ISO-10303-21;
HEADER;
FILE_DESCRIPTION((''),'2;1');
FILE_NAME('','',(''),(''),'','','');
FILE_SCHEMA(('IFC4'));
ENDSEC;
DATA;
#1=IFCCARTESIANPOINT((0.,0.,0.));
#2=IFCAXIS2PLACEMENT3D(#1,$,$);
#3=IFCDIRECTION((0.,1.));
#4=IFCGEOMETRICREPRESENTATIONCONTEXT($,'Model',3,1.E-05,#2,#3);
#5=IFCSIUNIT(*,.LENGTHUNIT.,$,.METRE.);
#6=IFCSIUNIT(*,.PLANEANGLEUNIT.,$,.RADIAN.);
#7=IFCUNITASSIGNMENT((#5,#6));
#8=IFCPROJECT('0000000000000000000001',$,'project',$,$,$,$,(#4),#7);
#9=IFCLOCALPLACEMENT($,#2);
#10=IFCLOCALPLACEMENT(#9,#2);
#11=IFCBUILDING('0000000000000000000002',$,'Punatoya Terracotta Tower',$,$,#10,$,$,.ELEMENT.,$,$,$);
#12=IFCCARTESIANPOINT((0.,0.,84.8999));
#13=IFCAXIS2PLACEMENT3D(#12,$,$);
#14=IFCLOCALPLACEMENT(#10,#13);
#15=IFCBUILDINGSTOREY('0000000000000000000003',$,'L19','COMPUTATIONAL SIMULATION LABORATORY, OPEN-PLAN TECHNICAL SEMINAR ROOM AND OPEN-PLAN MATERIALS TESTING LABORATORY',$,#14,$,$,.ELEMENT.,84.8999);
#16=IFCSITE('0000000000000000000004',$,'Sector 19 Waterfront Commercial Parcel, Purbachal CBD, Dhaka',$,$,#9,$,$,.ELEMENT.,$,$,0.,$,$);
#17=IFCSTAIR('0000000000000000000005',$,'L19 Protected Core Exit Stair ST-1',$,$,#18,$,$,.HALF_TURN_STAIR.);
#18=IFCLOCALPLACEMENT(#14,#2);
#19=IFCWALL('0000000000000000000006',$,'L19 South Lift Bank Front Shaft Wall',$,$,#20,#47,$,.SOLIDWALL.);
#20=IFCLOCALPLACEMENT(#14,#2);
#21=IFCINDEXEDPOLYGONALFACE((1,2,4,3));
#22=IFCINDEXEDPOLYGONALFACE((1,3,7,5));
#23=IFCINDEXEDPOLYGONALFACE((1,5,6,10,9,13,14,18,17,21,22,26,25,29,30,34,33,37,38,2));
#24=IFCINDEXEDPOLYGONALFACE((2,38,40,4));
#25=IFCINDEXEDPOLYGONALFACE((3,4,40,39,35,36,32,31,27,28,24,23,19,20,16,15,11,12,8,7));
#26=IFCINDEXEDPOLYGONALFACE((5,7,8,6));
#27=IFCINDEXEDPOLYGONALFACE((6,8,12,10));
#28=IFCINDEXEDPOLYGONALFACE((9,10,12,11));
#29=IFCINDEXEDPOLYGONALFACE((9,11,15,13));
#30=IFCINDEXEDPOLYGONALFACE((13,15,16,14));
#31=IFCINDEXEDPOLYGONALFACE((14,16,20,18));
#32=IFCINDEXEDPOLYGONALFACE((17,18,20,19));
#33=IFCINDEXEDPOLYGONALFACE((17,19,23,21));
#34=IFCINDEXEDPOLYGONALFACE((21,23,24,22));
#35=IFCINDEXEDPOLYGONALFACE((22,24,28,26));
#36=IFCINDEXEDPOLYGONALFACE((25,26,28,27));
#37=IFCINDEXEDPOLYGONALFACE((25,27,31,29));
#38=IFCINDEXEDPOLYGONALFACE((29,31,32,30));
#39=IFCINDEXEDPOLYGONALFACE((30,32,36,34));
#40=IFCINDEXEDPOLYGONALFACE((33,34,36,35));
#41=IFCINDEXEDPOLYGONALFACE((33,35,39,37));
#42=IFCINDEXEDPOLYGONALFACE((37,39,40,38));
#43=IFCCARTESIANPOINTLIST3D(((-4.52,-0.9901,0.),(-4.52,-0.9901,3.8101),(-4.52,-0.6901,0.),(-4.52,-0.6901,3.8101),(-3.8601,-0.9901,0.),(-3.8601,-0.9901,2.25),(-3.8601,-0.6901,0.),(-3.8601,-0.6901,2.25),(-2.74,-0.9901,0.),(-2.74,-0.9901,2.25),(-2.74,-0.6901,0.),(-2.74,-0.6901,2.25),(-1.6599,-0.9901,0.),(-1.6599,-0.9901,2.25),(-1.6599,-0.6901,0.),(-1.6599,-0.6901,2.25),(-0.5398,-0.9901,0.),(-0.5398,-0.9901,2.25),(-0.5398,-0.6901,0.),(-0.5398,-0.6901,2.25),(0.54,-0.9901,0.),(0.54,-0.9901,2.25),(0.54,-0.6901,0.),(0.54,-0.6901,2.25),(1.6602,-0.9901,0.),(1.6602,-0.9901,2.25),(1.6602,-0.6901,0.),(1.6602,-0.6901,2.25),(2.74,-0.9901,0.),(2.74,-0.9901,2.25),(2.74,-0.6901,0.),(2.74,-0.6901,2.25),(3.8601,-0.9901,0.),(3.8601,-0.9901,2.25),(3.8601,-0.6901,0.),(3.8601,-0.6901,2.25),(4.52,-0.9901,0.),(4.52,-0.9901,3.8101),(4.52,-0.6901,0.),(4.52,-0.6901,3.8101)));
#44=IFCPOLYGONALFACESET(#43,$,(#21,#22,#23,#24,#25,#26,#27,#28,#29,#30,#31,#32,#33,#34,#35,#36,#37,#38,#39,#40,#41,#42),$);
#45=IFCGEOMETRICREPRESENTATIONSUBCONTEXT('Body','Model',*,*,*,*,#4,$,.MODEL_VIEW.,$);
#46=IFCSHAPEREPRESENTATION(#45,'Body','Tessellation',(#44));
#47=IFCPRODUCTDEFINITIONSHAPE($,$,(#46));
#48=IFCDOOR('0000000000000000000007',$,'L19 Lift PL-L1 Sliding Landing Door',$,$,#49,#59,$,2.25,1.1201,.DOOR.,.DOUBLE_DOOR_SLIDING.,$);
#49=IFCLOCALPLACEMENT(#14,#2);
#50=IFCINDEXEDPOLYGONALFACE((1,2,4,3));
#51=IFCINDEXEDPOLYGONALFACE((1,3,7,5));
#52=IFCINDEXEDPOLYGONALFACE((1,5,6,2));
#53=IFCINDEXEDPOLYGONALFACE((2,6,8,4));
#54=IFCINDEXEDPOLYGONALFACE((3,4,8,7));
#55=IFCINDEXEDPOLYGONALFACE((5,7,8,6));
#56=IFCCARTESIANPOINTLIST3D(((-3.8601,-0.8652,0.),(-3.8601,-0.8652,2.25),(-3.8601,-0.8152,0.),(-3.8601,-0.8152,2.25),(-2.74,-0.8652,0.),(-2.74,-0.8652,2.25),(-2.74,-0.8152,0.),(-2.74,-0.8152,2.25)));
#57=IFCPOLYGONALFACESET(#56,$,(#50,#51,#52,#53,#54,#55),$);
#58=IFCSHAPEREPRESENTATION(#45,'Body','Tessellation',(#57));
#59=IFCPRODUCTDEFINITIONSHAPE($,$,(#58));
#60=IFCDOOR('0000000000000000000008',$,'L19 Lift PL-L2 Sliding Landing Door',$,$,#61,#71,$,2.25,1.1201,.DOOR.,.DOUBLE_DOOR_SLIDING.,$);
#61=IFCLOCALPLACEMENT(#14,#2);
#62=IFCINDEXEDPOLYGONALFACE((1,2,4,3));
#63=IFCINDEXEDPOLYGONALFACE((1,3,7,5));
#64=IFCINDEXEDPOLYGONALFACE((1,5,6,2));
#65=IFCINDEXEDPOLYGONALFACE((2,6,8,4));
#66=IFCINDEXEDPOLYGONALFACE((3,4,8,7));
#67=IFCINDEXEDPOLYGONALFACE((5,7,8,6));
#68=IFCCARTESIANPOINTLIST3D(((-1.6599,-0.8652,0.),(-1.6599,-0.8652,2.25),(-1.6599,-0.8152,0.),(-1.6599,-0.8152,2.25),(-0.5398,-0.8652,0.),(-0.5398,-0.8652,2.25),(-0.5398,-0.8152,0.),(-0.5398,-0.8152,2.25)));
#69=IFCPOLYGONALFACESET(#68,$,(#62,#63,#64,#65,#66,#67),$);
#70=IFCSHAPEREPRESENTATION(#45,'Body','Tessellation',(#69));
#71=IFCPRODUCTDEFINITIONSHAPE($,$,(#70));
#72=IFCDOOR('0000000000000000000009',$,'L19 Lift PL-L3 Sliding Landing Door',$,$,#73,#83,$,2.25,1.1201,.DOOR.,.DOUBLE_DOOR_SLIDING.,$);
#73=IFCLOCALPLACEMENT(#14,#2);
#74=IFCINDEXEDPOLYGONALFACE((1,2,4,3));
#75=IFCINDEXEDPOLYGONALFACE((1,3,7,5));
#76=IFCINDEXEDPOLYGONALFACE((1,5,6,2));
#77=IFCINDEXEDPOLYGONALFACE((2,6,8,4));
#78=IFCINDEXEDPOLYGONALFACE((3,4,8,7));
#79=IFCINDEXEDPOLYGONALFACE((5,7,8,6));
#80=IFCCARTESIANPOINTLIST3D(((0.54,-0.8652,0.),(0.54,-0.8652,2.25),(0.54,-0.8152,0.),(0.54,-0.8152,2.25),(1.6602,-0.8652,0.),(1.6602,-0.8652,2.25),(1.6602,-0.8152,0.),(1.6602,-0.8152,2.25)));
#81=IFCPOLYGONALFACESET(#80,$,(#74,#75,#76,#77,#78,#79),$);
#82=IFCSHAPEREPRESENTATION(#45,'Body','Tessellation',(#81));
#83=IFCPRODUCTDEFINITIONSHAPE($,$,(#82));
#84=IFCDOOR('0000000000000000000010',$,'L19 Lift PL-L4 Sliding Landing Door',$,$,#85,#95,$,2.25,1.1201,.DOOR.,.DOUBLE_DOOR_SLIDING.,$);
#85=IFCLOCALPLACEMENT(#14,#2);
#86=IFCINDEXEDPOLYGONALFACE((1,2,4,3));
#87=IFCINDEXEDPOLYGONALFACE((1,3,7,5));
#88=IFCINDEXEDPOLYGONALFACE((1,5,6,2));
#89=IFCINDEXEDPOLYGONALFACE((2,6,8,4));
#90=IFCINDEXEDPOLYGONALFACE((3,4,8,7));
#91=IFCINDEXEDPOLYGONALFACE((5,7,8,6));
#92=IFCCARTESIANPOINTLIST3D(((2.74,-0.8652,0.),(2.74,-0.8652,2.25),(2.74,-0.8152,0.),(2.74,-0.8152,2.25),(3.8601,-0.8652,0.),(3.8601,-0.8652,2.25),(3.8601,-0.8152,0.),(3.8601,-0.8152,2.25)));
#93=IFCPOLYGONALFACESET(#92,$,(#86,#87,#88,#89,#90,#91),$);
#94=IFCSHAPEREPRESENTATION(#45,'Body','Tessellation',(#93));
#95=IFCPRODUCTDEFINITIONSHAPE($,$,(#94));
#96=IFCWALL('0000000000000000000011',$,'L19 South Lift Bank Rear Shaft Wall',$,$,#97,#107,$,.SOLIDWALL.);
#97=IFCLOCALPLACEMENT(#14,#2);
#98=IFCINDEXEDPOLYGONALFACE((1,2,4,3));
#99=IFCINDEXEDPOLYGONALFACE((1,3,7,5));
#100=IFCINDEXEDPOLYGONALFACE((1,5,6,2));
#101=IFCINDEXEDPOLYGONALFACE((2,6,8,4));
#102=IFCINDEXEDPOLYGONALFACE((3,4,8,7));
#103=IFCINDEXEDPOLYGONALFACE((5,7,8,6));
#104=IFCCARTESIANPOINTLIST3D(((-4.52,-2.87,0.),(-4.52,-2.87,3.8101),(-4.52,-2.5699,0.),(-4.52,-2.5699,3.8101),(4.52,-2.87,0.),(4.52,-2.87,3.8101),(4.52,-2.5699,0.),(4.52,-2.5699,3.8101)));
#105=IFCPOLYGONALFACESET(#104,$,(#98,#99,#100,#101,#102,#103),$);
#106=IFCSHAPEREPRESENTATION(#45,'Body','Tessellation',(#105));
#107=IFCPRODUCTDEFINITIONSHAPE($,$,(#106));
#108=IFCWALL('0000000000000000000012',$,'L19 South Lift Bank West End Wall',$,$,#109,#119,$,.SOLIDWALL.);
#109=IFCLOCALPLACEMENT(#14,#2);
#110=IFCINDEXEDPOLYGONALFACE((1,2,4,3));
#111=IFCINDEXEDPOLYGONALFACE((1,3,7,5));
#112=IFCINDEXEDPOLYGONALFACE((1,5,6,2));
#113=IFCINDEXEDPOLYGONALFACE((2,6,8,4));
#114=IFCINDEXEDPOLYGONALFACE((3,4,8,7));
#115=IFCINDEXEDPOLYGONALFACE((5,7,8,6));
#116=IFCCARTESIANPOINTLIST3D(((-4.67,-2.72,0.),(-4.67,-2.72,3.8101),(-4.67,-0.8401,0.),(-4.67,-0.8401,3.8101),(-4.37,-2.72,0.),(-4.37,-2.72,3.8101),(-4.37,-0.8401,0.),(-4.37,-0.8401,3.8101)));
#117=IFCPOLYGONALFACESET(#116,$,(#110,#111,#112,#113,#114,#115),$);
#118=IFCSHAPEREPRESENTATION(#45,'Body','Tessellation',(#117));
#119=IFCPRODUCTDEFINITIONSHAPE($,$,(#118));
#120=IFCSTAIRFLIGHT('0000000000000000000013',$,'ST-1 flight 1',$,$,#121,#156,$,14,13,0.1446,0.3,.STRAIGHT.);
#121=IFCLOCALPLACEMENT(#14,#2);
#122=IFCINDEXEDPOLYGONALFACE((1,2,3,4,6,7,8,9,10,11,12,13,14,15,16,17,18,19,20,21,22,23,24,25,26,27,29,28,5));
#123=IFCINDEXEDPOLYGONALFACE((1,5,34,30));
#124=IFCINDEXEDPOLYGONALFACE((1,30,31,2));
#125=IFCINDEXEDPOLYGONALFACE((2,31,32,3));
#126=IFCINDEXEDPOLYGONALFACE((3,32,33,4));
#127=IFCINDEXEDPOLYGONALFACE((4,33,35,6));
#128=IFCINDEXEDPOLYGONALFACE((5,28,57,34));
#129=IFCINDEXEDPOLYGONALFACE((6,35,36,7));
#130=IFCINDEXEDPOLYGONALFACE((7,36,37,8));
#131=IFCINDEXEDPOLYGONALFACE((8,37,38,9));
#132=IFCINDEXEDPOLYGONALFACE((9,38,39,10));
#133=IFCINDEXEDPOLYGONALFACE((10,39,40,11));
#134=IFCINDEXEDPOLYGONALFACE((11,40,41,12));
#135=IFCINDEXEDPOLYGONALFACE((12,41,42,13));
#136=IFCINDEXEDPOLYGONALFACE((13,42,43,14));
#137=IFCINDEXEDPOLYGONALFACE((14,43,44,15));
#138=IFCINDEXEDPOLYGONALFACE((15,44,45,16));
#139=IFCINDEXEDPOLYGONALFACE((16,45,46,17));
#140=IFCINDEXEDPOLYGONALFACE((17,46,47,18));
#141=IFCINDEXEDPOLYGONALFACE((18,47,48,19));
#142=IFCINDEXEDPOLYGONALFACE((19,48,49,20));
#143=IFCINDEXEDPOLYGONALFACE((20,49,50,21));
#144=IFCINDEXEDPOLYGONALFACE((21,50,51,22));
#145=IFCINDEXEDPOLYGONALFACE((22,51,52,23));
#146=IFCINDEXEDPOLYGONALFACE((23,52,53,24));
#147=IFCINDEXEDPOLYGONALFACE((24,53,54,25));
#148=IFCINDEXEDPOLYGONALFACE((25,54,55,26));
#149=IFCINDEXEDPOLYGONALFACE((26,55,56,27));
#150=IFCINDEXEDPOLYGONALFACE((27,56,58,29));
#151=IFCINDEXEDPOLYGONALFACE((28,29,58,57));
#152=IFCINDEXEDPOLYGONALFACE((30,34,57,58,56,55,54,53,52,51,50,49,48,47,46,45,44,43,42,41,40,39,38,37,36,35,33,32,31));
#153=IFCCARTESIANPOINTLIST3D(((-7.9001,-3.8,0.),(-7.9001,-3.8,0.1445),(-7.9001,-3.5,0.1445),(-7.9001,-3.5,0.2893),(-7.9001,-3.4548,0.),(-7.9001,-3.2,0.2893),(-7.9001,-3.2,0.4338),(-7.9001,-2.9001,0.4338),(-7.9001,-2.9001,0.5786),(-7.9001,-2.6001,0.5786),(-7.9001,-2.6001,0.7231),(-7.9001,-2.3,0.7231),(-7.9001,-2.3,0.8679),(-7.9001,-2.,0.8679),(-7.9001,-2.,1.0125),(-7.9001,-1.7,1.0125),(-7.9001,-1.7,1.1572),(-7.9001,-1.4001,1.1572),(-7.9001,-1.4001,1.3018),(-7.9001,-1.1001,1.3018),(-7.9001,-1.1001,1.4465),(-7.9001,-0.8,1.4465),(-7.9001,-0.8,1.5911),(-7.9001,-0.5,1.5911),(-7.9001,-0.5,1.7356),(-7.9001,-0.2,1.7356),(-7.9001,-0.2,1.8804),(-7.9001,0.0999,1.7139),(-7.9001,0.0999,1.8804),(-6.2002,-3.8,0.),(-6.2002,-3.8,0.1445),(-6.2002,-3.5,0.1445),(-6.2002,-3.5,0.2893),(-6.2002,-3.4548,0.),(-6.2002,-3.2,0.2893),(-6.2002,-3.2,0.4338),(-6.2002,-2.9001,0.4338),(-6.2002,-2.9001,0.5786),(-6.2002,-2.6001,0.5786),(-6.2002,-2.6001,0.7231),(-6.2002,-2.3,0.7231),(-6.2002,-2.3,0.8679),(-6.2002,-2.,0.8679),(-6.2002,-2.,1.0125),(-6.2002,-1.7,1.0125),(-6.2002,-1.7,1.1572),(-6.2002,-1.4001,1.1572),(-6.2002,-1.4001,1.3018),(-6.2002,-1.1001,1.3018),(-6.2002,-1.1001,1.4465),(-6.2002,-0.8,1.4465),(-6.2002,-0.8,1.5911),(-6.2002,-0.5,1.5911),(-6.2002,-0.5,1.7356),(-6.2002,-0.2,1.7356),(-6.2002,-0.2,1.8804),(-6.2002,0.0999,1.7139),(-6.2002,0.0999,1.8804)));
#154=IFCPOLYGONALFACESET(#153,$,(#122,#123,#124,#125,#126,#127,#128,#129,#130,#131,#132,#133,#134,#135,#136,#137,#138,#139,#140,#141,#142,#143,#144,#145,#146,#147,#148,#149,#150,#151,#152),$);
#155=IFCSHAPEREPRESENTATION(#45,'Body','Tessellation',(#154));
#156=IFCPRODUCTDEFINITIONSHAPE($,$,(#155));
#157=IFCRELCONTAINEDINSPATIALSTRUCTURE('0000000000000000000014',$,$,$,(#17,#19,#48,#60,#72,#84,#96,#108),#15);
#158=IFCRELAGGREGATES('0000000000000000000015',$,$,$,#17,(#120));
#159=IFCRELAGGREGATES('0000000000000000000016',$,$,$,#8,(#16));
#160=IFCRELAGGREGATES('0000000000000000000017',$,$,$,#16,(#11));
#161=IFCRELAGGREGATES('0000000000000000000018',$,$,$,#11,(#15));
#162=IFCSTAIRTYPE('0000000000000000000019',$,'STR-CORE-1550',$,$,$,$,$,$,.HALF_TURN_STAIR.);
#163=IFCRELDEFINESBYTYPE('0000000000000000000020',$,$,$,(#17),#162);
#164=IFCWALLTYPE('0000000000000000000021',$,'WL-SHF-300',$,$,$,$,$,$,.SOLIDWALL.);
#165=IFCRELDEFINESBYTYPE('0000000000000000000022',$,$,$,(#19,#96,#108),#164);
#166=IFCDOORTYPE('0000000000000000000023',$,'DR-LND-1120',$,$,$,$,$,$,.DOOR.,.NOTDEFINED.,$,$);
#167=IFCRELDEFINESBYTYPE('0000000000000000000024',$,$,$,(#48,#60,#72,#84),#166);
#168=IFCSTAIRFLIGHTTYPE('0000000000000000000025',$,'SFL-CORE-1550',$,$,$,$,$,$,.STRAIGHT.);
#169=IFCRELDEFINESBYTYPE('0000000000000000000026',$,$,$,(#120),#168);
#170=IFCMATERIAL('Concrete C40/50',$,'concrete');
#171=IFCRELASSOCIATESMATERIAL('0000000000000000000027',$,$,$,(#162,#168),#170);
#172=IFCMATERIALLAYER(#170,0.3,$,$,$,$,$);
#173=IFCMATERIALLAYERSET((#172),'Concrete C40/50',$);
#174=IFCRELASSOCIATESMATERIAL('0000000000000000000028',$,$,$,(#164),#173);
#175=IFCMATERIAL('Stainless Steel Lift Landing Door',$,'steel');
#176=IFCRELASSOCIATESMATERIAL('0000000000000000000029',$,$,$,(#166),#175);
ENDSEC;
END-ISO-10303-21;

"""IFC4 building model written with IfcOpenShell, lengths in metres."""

from ifc_helpers import new_model, si_unit, direction, frame, frame_2d, origin, place, context, subcontext, project, spatial, polyline, rectangle, outline, extrude, material, layer, layer_set, type_object, element, fill, aggregate, save


model = new_model("IFC4")

# Units and contexts
model_context = context("Model", 3, precision=1e-05, world=origin(), true_north=direction((0.0, 1.0)))
body_context = subcontext(model_context, "Body", "Model", "MODEL_VIEW")
ifc_project = project(units=[si_unit("LENGTHUNIT", "METRE"), si_unit("PLANEANGLEUNIT", "RADIAN")], contexts=[model_context])

# Site, building, storey
site_placement = place(None, origin())
site = spatial("IfcSite", under=ifc_project, at=site_placement, Name="Sector 19 Waterfront Commercial Parcel, Purbachal CBD, Dhaka", CompositionType="ELEMENT", RefElevation=0.0)
building_placement = place(site_placement, origin())
building = spatial("IfcBuilding", under=site, at=building_placement, Name="Punatoya Terracotta Tower", CompositionType="ELEMENT")
storey_placement = place(building_placement, frame((0.0, 0.0, 84.8999)))
storey = spatial("IfcBuildingStorey", under=building, at=storey_placement, Name="L19", Description="COMPUTATIONAL SIMULATION LABORATORY, OPEN-PLAN TECHNICAL SEMINAR ROOM AND OPEN-PLAN MATERIALS TESTING LABORATORY", CompositionType="ELEMENT", Elevation=84.8999)

# Stair
ifc_material_1 = material(Name="Concrete C40/50", Category="concrete")
stair_type = type_object("IfcStairType", Name="STR-CORE-1550", PredefinedType="HALF_TURN_STAIR", material=ifc_material_1)
stair_placement = place(storey_placement, origin())
stair = element("IfcStair", 1, at=stair_placement, inside=storey, type_object=stair_type, Name="L19 Protected Core Exit Stair ST-1", PredefinedType="HALF_TURN_STAIR")

# Shared definitions
ifc_layer_1 = layer(ifc_material_1, 0.3)
ifc_layer_set_1 = layer_set([ifc_layer_1], Name="Concrete C40/50")
wall_type_1 = type_object("IfcWallType", Name="WL-SHF-300", PredefinedType="SOLIDWALL", material=ifc_layer_set_1)

# Wall, openings, doors
wall_1_placement = place(storey_placement, frame((-4.52, -0.8401, 0.0), z_axis=(0.0, 0.0, 1.0), x_axis=(1.0, 0.0, 0.0)))
wall_1 = element("IfcWall", 2, at=wall_1_placement, inside=storey, type_object=wall_type_1, Name="L19 South Lift Bank Front Shaft Wall", PredefinedType="SOLIDWALL", context=body_context, shape_type="SweptSolid", body=[
    extrude(rectangle(XDim=9.04, YDim=0.3, at=frame_2d((4.52, 0.0))), origin(), (0.0, 0.0, 1.0), 3.8101),
])
opening_1_placement = place(wall_1_placement, frame((0.6599, 0.0, 0.0)))
opening_1 = element("IfcOpeningElement", 3, at=opening_1_placement, cuts=wall_1, PredefinedType="OPENING", context=body_context, shape_type="SweptSolid", body=[
    extrude(rectangle(XDim=1.1201, YDim=2.25, at=frame_2d((0.5601, 1.125))), frame((0.0, 0.1599, 0.0), z_axis=(0.0, -1.0, 0.0), x_axis=(1.0, 0.0, 0.0)), (0.0, 0.0, 1.0), 0.3201),
])
opening_2_placement = place(wall_1_placement, frame((2.8601, 0.0, 0.0)))
opening_2 = element("IfcOpeningElement", 4, at=opening_2_placement, cuts=wall_1, PredefinedType="OPENING", context=body_context, shape_type="SweptSolid", body=[
    extrude(rectangle(XDim=1.1201, YDim=2.25, at=frame_2d((0.5601, 1.125))), frame((0.0, 0.1599, 0.0), z_axis=(0.0, -1.0, 0.0), x_axis=(1.0, 0.0, 0.0)), (0.0, 0.0, 1.0), 0.3201),
])
opening_3_placement = place(wall_1_placement, frame((5.0601, 0.0, 0.0)))
opening_3 = element("IfcOpeningElement", 5, at=opening_3_placement, cuts=wall_1, PredefinedType="OPENING", context=body_context, shape_type="SweptSolid", body=[
    extrude(rectangle(XDim=1.1201, YDim=2.25, at=frame_2d((0.5601, 1.125))), frame((0.0, 0.1599, 0.0), z_axis=(0.0, -1.0, 0.0), x_axis=(1.0, 0.0, 0.0)), (0.0, 0.0, 1.0), 0.3201),
])
opening_4_placement = place(wall_1_placement, frame((7.26, 0.0, 0.0)))
opening_4 = element("IfcOpeningElement", 6, at=opening_4_placement, cuts=wall_1, PredefinedType="OPENING", context=body_context, shape_type="SweptSolid", body=[
    extrude(rectangle(XDim=1.1201, YDim=2.25, at=frame_2d((0.5601, 1.125))), frame((0.0, 0.1599, 0.0), z_axis=(0.0, -1.0, 0.0), x_axis=(1.0, 0.0, 0.0)), (0.0, 0.0, 1.0), 0.3201),
])
ifc_material_2 = material(Name="Stainless Steel Lift Landing Door", Category="steel")
door_type_1 = type_object("IfcDoorType", Name="DR-LND-1120", OperationType="NOTDEFINED", PredefinedType="DOOR", material=ifc_material_2)
door_1_placement = place(opening_1_placement, origin())
door_1 = element("IfcDoor", 7, at=door_1_placement, inside=storey, type_object=door_type_1, Name="L19 Lift PL-L1 Sliding Landing Door", OperationType="DOUBLE_DOOR_SLIDING", OverallHeight=2.25, OverallWidth=1.1201, PredefinedType="DOOR", context=body_context, shape_type="SweptSolid", body=[
    extrude(rectangle(XDim=1.1201, YDim=2.25, at=frame_2d((0.5601, 1.125))), frame((0.0, 0.0249, 0.0), z_axis=(0.0, -1.0, 0.0), x_axis=(1.0, 0.0, 0.0)), (0.0, 0.0, 1.0), 0.05),
])
fill(opening_1, door_1)
door_2_placement = place(opening_2_placement, origin())
door_2 = element("IfcDoor", 8, at=door_2_placement, inside=storey, type_object=door_type_1, Name="L19 Lift PL-L2 Sliding Landing Door", OperationType="DOUBLE_DOOR_SLIDING", OverallHeight=2.25, OverallWidth=1.1201, PredefinedType="DOOR", context=body_context, shape_type="SweptSolid", body=[
    extrude(rectangle(XDim=1.1201, YDim=2.25, at=frame_2d((0.5601, 1.125))), frame((0.0, 0.0249, 0.0), z_axis=(0.0, -1.0, 0.0), x_axis=(1.0, 0.0, 0.0)), (0.0, 0.0, 1.0), 0.05),
])
fill(opening_2, door_2)
door_3_placement = place(opening_3_placement, origin())
door_3 = element("IfcDoor", 9, at=door_3_placement, inside=storey, type_object=door_type_1, Name="L19 Lift PL-L3 Sliding Landing Door", OperationType="DOUBLE_DOOR_SLIDING", OverallHeight=2.25, OverallWidth=1.1201, PredefinedType="DOOR", context=body_context, shape_type="SweptSolid", body=[
    extrude(rectangle(XDim=1.1201, YDim=2.25, at=frame_2d((0.5601, 1.125))), frame((0.0, 0.0249, 0.0), z_axis=(0.0, -1.0, 0.0), x_axis=(1.0, 0.0, 0.0)), (0.0, 0.0, 1.0), 0.05),
])
fill(opening_3, door_3)
door_4_placement = place(opening_4_placement, origin())
door_4 = element("IfcDoor", 10, at=door_4_placement, inside=storey, type_object=door_type_1, Name="L19 Lift PL-L4 Sliding Landing Door", OperationType="DOUBLE_DOOR_SLIDING", OverallHeight=2.25, OverallWidth=1.1201, PredefinedType="DOOR", context=body_context, shape_type="SweptSolid", body=[
    extrude(rectangle(XDim=1.1201, YDim=2.25, at=frame_2d((0.5601, 1.125))), frame((0.0, 0.0249, 0.0), z_axis=(0.0, -1.0, 0.0), x_axis=(1.0, 0.0, 0.0)), (0.0, 0.0, 1.0), 0.05),
])
fill(opening_4, door_4)

# Walls
wall_2_placement = place(storey_placement, frame((-4.52, -2.72, 0.0), z_axis=(0.0, 0.0, 1.0), x_axis=(1.0, 0.0, 0.0)))
element("IfcWall", 11, at=wall_2_placement, inside=storey, type_object=wall_type_1, Name="L19 South Lift Bank Rear Shaft Wall", PredefinedType="SOLIDWALL", context=body_context, shape_type="SweptSolid", body=[
    extrude(rectangle(XDim=9.04, YDim=0.3, at=frame_2d((4.52, 0.0))), origin(), (0.0, 0.0, 1.0), 3.8101),
])
wall_3_placement = place(storey_placement, frame((-4.52, -2.72, 0.0), z_axis=(0.0, 0.0, 1.0), x_axis=(0.0, 1.0, 0.0)))
element("IfcWall", 12, at=wall_3_placement, inside=storey, type_object=wall_type_1, Name="L19 South Lift Bank West End Wall", PredefinedType="SOLIDWALL", context=body_context, shape_type="SweptSolid", body=[
    extrude(rectangle(XDim=1.8799, YDim=0.3, at=frame_2d((0.9399, 0.0))), origin(), (0.0, 0.0, 1.0), 3.8101),
])

# Stair flight
stair_flight_type = type_object("IfcStairFlightType", Name="SFL-CORE-1550", PredefinedType="STRAIGHT", material=ifc_material_1)
stair_flight_placement = place(storey_placement, frame((-7.05, -3.8, 0.0), z_axis=(0.0, 0.0, 1.0), x_axis=(0.0, 1.0, 0.0)))
stair_flight = element("IfcStairFlight", 13, at=stair_flight_placement, type_object=stair_flight_type, Name="ST-1 flight 1", NumberOfRisers=14, NumberOfTreads=13, PredefinedType="STRAIGHT", RiserHeight=0.1446, TreadLength=0.3, context=body_context, shape_type="SweptSolid", body=[
    extrude(outline(polyline([(0.0, 0.0), (0.0, 0.1445), (0.3, 0.1445), (0.3, 0.2893), (0.6001, 0.2893), (0.6001, 0.4338), (0.8999, 0.4338), (0.8999, 0.5786), (1.2, 0.5786), (1.2, 0.7231), (1.5, 0.7231), (1.5, 0.8679), (1.8, 0.8679), (1.8, 1.0125), (2.1001, 1.0125), (2.1001, 1.1572), (2.3999, 1.1572), (2.3999, 1.3018), (2.7, 1.3018), (2.7, 1.4465), (3.0, 1.4465), (3.0, 1.5911), (3.3, 1.5911), (3.3, 1.7356), (3.6001, 1.7356), (3.6001, 1.8804), (3.8999, 1.8804), (3.8999, 2.0249), (3.8999, 1.7139), (0.3452, 0.0), (0.0, 0.0)])), frame((0.0, 0.8501, 0.0), z_axis=(0.0, -1.0, 0.0), x_axis=(1.0, 0.0, 0.0)), (0.0, 0.0, 1.0), 1.7),
])
aggregate(stair, [stair_flight])

save(model, "model.ifc")
